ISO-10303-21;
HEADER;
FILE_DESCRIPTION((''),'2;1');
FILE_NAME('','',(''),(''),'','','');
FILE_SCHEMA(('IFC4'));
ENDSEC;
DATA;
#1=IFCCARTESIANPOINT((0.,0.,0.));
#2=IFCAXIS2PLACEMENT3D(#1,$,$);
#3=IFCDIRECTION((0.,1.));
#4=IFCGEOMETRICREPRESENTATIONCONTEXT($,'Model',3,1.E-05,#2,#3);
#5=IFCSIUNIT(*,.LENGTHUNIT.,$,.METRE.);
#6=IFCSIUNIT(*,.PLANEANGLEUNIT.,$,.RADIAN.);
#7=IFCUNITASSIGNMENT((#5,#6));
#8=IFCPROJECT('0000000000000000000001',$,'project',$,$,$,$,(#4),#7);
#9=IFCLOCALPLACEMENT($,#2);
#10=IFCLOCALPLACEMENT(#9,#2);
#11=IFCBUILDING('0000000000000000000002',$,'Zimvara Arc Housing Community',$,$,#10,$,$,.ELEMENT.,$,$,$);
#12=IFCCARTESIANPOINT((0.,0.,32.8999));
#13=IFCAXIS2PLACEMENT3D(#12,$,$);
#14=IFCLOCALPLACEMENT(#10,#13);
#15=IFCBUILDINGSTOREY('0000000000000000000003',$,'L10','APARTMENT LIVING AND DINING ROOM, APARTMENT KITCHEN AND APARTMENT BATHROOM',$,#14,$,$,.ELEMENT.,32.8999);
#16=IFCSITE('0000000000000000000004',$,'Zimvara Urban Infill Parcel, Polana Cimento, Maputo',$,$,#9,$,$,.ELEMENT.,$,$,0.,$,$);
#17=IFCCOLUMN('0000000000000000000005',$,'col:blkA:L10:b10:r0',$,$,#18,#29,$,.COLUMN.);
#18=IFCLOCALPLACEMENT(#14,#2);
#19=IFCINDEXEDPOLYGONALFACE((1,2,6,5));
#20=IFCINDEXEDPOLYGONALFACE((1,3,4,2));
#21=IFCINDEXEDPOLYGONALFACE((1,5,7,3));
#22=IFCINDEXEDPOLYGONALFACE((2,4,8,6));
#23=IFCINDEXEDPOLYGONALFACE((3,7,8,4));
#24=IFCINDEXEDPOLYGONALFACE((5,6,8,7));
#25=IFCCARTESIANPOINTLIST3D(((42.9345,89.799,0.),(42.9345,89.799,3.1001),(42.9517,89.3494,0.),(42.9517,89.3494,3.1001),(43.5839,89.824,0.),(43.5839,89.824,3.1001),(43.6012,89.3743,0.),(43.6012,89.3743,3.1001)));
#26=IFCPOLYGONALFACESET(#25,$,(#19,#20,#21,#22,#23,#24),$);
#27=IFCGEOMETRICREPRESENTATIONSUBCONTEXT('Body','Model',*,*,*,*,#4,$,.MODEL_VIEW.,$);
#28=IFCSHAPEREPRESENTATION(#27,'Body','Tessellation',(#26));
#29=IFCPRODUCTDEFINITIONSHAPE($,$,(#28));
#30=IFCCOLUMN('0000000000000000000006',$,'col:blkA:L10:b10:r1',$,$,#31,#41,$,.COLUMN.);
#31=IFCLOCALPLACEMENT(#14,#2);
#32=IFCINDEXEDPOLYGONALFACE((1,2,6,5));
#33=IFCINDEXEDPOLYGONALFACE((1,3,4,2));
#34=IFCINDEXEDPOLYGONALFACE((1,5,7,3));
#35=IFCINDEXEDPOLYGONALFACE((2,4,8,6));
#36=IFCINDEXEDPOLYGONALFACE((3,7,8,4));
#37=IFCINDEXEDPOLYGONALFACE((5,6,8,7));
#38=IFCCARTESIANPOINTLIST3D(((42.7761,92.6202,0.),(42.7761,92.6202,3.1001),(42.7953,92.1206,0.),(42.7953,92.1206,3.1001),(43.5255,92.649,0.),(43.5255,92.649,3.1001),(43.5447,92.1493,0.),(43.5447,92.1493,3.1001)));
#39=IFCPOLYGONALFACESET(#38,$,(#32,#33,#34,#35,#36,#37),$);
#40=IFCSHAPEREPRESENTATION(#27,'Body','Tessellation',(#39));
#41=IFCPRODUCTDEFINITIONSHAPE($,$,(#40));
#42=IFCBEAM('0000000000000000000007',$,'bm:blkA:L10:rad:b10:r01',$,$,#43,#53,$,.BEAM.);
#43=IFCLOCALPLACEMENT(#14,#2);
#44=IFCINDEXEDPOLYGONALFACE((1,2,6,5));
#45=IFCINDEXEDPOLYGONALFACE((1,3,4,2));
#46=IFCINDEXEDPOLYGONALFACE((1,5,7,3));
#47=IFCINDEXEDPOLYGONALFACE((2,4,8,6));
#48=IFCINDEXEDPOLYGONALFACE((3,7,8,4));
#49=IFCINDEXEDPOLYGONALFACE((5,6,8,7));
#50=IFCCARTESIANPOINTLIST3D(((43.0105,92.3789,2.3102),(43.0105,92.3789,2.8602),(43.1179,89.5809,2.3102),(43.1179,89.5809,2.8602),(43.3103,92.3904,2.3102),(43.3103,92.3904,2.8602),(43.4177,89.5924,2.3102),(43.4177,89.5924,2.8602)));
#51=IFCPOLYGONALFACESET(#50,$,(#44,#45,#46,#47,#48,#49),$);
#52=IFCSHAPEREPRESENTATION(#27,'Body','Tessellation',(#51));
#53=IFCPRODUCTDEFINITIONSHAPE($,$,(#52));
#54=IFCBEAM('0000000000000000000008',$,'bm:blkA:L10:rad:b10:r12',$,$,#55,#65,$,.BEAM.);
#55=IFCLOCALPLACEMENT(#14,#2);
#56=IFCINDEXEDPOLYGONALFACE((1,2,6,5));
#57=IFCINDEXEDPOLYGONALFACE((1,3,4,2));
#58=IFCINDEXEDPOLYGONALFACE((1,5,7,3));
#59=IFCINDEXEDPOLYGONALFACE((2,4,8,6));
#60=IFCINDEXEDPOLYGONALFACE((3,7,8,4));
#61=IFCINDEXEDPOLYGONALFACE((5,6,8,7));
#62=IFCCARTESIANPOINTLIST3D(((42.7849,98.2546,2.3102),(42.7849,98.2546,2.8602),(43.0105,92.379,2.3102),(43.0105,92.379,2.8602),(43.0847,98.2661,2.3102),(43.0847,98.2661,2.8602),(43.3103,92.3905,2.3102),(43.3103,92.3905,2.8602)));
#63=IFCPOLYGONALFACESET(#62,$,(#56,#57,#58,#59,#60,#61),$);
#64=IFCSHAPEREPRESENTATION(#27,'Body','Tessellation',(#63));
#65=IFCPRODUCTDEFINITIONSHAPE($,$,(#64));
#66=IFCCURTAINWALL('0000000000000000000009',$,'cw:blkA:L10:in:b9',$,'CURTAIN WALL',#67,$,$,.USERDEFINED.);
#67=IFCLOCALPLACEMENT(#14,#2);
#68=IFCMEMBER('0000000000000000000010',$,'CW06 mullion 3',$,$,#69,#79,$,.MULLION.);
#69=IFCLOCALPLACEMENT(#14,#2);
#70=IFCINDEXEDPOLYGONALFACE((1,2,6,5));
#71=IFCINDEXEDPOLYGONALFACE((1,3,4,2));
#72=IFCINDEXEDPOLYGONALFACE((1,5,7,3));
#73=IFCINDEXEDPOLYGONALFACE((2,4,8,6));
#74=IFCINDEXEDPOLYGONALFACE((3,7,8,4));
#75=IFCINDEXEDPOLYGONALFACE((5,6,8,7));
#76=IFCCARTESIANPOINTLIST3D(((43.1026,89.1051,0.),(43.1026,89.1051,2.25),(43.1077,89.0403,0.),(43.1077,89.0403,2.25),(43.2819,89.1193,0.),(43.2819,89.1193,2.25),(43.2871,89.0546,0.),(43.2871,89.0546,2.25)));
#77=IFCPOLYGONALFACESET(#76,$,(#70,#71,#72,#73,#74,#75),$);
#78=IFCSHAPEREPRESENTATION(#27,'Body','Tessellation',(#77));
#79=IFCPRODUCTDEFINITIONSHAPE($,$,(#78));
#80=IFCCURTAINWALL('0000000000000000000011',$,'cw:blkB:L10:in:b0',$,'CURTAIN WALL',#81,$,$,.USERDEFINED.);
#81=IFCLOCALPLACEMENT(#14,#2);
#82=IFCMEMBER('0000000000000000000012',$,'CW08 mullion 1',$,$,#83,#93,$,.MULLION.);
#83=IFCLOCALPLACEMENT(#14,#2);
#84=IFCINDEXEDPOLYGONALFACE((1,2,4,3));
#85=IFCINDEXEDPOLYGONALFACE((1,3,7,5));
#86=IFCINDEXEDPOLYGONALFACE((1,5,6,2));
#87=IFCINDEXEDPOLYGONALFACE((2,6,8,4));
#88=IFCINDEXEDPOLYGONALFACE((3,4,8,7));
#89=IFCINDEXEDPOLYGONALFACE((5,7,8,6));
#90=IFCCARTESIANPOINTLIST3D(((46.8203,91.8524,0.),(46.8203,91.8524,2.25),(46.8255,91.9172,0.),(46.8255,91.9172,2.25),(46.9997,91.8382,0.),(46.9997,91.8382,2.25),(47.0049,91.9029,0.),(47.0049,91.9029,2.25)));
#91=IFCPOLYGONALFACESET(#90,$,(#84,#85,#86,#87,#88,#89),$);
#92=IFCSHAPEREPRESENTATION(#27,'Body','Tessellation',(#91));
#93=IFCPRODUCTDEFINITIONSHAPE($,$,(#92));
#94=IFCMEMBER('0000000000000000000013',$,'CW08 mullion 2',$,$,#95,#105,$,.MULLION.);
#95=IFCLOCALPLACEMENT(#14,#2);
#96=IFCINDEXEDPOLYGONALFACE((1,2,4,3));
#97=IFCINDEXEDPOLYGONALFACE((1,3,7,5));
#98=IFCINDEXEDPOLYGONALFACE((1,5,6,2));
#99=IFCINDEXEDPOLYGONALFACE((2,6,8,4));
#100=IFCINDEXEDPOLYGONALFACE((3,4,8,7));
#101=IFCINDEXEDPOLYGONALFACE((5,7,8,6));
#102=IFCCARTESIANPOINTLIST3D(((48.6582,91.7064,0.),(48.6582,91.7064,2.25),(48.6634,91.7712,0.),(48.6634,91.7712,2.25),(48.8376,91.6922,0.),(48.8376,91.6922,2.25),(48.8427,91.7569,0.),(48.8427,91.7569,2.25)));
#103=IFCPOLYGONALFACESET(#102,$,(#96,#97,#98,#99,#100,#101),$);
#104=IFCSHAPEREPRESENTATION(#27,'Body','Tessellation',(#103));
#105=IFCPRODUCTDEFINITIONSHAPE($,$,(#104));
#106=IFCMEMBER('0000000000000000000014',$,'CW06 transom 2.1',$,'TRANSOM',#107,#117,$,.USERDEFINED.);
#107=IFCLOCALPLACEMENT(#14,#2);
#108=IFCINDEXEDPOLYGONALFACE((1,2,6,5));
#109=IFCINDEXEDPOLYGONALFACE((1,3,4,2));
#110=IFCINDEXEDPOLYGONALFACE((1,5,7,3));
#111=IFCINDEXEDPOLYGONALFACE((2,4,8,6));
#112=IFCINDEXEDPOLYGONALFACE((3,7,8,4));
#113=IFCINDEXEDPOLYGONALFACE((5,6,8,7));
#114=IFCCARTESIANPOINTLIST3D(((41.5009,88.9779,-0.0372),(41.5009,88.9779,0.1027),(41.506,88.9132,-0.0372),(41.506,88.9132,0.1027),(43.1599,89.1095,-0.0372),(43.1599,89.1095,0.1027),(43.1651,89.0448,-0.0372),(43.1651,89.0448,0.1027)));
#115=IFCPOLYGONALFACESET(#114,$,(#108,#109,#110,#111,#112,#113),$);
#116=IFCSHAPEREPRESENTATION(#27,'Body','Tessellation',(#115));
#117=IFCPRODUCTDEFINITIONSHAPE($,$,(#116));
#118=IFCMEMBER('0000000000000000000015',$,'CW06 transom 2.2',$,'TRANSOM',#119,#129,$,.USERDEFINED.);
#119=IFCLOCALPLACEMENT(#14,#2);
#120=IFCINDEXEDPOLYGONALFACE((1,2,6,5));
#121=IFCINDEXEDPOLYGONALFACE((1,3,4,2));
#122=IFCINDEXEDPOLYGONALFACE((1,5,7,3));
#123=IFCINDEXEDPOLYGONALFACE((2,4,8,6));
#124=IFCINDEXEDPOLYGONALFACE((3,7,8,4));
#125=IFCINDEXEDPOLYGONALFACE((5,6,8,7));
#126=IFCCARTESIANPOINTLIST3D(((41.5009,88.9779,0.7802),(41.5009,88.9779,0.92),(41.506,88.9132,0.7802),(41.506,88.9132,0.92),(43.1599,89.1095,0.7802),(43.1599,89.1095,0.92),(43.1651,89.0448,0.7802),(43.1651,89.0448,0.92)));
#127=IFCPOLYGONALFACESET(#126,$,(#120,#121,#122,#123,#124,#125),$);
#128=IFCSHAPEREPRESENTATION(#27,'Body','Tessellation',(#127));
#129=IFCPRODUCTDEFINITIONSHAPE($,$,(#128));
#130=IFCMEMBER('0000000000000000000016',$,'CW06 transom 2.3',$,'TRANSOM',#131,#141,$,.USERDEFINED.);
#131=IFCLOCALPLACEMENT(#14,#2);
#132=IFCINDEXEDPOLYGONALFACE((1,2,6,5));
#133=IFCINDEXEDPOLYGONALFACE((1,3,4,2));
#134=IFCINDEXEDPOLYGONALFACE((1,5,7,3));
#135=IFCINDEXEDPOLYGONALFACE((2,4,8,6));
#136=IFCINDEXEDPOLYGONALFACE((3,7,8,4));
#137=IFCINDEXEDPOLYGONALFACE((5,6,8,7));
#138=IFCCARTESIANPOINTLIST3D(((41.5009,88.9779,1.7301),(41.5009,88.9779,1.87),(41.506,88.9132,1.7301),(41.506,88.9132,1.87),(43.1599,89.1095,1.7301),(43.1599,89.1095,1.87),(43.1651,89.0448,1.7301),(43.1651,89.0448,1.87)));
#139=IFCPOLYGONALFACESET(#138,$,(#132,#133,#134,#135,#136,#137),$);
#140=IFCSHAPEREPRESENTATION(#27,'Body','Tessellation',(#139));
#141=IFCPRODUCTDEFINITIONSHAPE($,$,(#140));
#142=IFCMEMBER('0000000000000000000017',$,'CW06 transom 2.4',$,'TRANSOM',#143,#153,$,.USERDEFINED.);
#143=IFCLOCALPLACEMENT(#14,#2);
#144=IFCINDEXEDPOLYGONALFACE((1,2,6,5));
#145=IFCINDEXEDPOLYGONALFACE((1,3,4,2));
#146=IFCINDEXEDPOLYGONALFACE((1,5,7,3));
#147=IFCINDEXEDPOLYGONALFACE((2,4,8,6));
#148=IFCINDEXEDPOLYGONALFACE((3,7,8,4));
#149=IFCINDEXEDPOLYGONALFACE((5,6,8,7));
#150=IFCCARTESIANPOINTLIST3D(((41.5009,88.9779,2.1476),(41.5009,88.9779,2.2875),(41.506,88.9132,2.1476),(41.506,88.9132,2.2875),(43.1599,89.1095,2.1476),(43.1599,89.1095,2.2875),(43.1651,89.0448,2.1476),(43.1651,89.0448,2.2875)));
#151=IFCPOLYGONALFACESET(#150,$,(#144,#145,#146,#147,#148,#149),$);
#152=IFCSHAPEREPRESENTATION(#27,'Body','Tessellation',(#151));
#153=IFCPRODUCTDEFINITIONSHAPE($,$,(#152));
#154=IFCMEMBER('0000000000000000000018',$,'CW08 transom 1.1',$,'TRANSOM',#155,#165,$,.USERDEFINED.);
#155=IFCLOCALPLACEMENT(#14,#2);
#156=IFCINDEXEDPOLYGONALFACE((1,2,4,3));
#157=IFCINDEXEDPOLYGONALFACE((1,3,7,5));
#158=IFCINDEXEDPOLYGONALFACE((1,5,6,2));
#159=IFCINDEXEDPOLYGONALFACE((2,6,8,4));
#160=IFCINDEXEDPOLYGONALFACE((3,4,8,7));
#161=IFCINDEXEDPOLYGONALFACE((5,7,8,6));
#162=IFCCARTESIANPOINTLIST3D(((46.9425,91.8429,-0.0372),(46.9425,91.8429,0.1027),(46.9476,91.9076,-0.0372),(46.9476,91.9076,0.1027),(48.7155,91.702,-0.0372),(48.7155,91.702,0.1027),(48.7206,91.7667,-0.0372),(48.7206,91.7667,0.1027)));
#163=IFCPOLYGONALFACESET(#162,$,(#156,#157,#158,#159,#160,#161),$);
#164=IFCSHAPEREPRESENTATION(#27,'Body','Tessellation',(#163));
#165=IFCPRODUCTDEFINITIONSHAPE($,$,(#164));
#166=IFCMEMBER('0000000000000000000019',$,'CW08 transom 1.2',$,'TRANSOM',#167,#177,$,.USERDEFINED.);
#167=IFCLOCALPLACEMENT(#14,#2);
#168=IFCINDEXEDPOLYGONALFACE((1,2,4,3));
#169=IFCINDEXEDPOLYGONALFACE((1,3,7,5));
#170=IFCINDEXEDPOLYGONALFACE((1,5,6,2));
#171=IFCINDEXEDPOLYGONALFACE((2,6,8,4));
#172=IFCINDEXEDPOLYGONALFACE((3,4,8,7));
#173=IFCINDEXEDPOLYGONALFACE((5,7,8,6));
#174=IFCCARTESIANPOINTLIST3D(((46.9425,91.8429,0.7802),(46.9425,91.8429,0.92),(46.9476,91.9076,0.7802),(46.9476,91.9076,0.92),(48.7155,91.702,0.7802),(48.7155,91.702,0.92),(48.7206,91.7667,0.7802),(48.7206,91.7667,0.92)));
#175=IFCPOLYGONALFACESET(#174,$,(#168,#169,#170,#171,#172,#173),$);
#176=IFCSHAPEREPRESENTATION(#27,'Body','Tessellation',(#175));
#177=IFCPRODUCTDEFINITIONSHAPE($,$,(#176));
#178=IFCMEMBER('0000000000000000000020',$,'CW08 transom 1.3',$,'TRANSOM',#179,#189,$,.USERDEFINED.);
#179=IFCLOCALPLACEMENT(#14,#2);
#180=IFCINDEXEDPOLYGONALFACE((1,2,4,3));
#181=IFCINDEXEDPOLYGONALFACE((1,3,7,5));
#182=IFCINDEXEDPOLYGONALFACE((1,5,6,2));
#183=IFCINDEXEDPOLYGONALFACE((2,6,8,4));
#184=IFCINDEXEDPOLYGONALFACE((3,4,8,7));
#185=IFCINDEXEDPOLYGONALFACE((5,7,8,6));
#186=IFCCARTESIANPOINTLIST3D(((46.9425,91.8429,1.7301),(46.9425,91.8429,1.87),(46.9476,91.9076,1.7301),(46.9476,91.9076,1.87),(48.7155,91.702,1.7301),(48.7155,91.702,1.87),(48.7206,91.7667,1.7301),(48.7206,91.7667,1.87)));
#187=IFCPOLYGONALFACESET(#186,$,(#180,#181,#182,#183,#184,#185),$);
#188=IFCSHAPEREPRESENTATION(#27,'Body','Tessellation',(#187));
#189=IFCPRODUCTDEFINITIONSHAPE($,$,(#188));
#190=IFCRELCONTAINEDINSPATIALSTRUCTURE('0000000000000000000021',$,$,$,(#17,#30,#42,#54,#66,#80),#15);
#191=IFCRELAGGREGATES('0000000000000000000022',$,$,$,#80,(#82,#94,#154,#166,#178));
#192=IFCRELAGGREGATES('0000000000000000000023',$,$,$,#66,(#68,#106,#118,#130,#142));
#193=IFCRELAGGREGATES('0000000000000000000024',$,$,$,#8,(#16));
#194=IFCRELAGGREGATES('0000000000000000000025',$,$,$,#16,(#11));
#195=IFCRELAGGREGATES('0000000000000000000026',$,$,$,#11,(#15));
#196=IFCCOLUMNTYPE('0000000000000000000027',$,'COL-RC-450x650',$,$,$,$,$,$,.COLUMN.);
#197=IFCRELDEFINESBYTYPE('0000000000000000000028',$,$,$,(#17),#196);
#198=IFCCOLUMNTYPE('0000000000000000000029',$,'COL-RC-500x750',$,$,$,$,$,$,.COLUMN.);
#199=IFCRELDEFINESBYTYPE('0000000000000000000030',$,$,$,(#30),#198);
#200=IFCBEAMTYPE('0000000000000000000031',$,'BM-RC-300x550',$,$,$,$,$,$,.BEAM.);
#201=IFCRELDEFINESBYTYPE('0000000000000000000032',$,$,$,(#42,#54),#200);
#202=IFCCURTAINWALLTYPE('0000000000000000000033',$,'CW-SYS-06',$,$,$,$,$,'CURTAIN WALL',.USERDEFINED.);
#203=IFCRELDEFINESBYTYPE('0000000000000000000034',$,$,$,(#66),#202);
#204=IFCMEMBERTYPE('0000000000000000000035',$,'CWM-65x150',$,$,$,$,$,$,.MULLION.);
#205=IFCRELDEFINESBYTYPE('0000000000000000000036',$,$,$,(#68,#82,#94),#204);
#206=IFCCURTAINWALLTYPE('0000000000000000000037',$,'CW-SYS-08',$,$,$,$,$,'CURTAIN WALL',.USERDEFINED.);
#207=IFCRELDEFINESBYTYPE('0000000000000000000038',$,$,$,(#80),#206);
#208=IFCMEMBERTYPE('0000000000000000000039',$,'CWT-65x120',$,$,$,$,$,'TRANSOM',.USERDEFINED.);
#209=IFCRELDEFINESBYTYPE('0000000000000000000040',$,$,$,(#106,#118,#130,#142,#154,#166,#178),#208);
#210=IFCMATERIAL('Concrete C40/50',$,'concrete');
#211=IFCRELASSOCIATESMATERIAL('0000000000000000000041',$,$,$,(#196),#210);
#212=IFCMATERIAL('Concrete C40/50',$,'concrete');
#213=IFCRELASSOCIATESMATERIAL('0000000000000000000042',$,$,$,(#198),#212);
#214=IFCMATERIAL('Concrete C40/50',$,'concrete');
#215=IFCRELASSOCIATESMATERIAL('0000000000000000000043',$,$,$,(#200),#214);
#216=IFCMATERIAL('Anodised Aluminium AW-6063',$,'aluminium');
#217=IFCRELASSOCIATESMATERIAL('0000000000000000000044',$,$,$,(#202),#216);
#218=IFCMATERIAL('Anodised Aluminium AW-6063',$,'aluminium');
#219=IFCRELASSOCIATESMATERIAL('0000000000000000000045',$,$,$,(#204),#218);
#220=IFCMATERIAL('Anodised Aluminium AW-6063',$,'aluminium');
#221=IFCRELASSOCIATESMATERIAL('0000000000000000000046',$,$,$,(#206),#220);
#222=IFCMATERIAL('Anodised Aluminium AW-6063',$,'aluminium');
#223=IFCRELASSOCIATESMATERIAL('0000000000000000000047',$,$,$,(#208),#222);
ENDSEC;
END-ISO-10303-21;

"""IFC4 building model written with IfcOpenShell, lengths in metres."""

from ifc_helpers import new_model, si_unit, direction, frame, origin, origin_2d, place, context, subcontext, project, spatial, rectangle, extrude, material, material_profile, profile_set, type_object, element, aggregate, save


model = new_model("IFC4")

# Units and contexts
model_context = context("Model", 3, precision=1e-05, world=origin(), true_north=direction((0.0, 1.0)))
body_context = subcontext(model_context, "Body", "Model", "MODEL_VIEW")
ifc_project = project(units=[si_unit("LENGTHUNIT", "METRE"), si_unit("PLANEANGLEUNIT", "RADIAN")], contexts=[model_context])

# Site, building, storey
site_placement = place(None, origin())
site = spatial("IfcSite", under=ifc_project, at=site_placement, Name="Zimvara Urban Infill Parcel, Polana Cimento, Maputo", CompositionType="ELEMENT", RefElevation=0.0)
building_placement = place(site_placement, origin())
building = spatial("IfcBuilding", under=site, at=building_placement, Name="Zimvara Arc Housing Community", CompositionType="ELEMENT")
storey_placement = place(building_placement, frame((0.0, 0.0, 32.8999)))
storey = spatial("IfcBuildingStorey", under=building, at=storey_placement, Name="L10", Description="APARTMENT LIVING AND DINING ROOM, APARTMENT KITCHEN AND APARTMENT BATHROOM", CompositionType="ELEMENT", Elevation=32.8999)

# Columns
ifc_material_1 = material(Name="Concrete C40/50", Category="concrete")
ifc_material_profile_1 = material_profile(ifc_material_1, rectangle(XDim=0.45, YDim=0.6499, at=origin_2d()), Name="RC 450x650")
ifc_profile_set_1 = profile_set([ifc_material_profile_1], Name="Concrete C40/50")
column_type_1 = type_object("IfcColumnType", Name="COL-RC-450x650", PredefinedType="COLUMN", material=ifc_profile_set_1)
column_1_placement = place(storey_placement, frame((43.2678, 89.5867, 0.0), z_axis=(0.0, 0.0, 1.0), x_axis=(-0.038388, 0.999263, 0.0)))
element("IfcColumn", 1, at=column_1_placement, inside=storey, type_object=column_type_1, Name="col:blkA:L10:b10:r0", PredefinedType="COLUMN", context=body_context, shape_type="SweptSolid", body=[
    extrude(rectangle(XDim=0.45, YDim=0.6499, at=origin_2d()), origin(), (0.0, 0.0, 1.0), 3.1001),
])
ifc_material_2 = material(Name="Concrete C40/50", Category="concrete")
ifc_material_profile_2 = material_profile(ifc_material_2, rectangle(XDim=0.5, YDim=0.75, at=origin_2d()), Name="RC 500x750")
ifc_profile_set_2 = profile_set([ifc_material_profile_2], Name="Concrete C40/50")
column_type_2 = type_object("IfcColumnType", Name="COL-RC-500x750", PredefinedType="COLUMN", material=ifc_profile_set_2)
column_2_placement = place(storey_placement, frame((43.1604, 92.3848, 0.0), z_axis=(0.0, 0.0, 1.0), x_axis=(-0.038388, 0.999263, 0.0)))
element("IfcColumn", 2, at=column_2_placement, inside=storey, type_object=column_type_2, Name="col:blkA:L10:b10:r1", PredefinedType="COLUMN", context=body_context, shape_type="SweptSolid", body=[
    extrude(rectangle(XDim=0.5, YDim=0.75, at=origin_2d()), origin(), (0.0, 0.0, 1.0), 3.1001),
])

# Beams
ifc_material_3 = material(Name="Concrete C40/50", Category="concrete")
ifc_material_profile_3 = material_profile(ifc_material_3, rectangle(XDim=0.3, YDim=0.55, at=origin_2d()), Name="RC 300x550")
ifc_profile_set_3 = profile_set([ifc_material_profile_3], Name="Concrete C40/50")
beam_type = type_object("IfcBeamType", Name="BM-RC-300x550", PredefinedType="BEAM", material=ifc_profile_set_3)
beam_1_placement = place(storey_placement, frame((43.2678, 89.5867, 2.5852), z_axis=(-0.038363, 0.999264, 0.0), x_axis=(-0.999264, -0.038363, 0.0)))
element("IfcBeam", 3, at=beam_1_placement, inside=storey, type_object=beam_type, Name="bm:blkA:L10:rad:b10:r01", PredefinedType="BEAM", context=body_context, shape_type="SweptSolid", body=[
    extrude(rectangle(XDim=0.3, YDim=0.55, at=origin_2d()), origin(), (0.0, 0.0, 1.0), 2.8),
])
beam_2_placement = place(storey_placement, frame((43.1604, 92.3848, 2.5852), z_axis=(-0.038366, 0.999264, 0.0), x_axis=(-0.999264, -0.038366, 0.0)))
element("IfcBeam", 4, at=beam_2_placement, inside=storey, type_object=beam_type, Name="bm:blkA:L10:rad:b10:r12", PredefinedType="BEAM", context=body_context, shape_type="SweptSolid", body=[
    extrude(rectangle(XDim=0.3, YDim=0.55, at=origin_2d()), origin(), (0.0, 0.0, 1.0), 5.8799),
])

# Curtain wall, member
ifc_material_4 = material(Name="Anodised Aluminium AW-6063", Category="aluminium")
curtain_wall_type_1 = type_object("IfcCurtainWallType", Name="CW-SYS-06", ElementType="CURTAIN WALL", PredefinedType="USERDEFINED", material=ifc_material_4)
curtain_wall_1_placement = place(storey_placement, origin())
curtain_wall_1 = element("IfcCurtainWall", 5, at=curtain_wall_1_placement, inside=storey, type_object=curtain_wall_type_1, Name="cw:blkA:L10:in:b9", ObjectType="CURTAIN WALL", PredefinedType="USERDEFINED")
ifc_material_5 = material(Name="Anodised Aluminium AW-6063", Category="aluminium")
ifc_material_profile_4 = material_profile(ifc_material_5, rectangle(XDim=0.0649, YDim=0.1799, at=origin_2d()), Name="ALU 65x180")
ifc_profile_set_4 = profile_set([ifc_material_profile_4], Name="Anodised Aluminium AW-6063")
member_type_1 = type_object("IfcMemberType", Name="CWM-65x150", PredefinedType="MULLION", material=ifc_profile_set_4)
member_1_placement = place(storey_placement, frame((43.1948, 89.0798, 0.0), z_axis=(0.0, 0.0, 1.0), x_axis=(-0.079155, 0.996862, 0.0)))
member_1 = element("IfcMember", 6, at=member_1_placement, type_object=member_type_1, Name="CW06 mullion 3", PredefinedType="MULLION", context=body_context, shape_type="SweptSolid", body=[
    extrude(rectangle(XDim=0.0649, YDim=0.1799, at=origin_2d()), origin(), (0.0, 0.0, 1.0), 2.25),
])

# Curtain wall, members
ifc_material_6 = material(Name="Anodised Aluminium AW-6063", Category="aluminium")
curtain_wall_type_2 = type_object("IfcCurtainWallType", Name="CW-SYS-08", ElementType="CURTAIN WALL", PredefinedType="USERDEFINED", material=ifc_material_6)
curtain_wall_2_placement = place(storey_placement, origin())
curtain_wall_2 = element("IfcCurtainWall", 7, at=curtain_wall_2_placement, inside=storey, type_object=curtain_wall_type_2, Name="cw:blkB:L10:in:b0", ObjectType="CURTAIN WALL", PredefinedType="USERDEFINED")
member_2_placement = place(storey_placement, frame((46.9126, 91.8777, 0.0), z_axis=(0.0, 0.0, 1.0), x_axis=(0.079155, 0.996862, 0.0)))
member_2 = element("IfcMember", 8, at=member_2_placement, type_object=member_type_1, Name="CW08 mullion 1", PredefinedType="MULLION", context=body_context, shape_type="SweptSolid", body=[
    extrude(rectangle(XDim=0.0649, YDim=0.1799, at=origin_2d()), origin(), (0.0, 0.0, 1.0), 2.25),
])
member_3_placement = place(storey_placement, frame((48.7505, 91.7317, 0.0), z_axis=(0.0, 0.0, 1.0), x_axis=(0.079155, 0.996862, 0.0)))
member_3 = element("IfcMember", 9, at=member_3_placement, type_object=member_type_1, Name="CW08 mullion 2", PredefinedType="MULLION", context=body_context, shape_type="SweptSolid", body=[
    extrude(rectangle(XDim=0.0649, YDim=0.1799, at=origin_2d()), origin(), (0.0, 0.0, 1.0), 2.25),
])

# Members
ifc_material_7 = material(Name="Anodised Aluminium AW-6063", Category="aluminium")
ifc_material_profile_5 = material_profile(ifc_material_7, rectangle(XDim=0.0649, YDim=0.1399, at=origin_2d()), Name="ALU 65x140")
ifc_profile_set_5 = profile_set([ifc_material_profile_5], Name="Anodised Aluminium AW-6063")
member_type_2 = type_object("IfcMemberType", Name="CWT-65x120", ElementType="TRANSOM", PredefinedType="USERDEFINED", material=ifc_profile_set_5)
member_4_placement = place(storey_placement, frame((41.5034, 88.9456, 0.0327), z_axis=(0.99687, 0.079063, 0.0), x_axis=(-0.079063, 0.99687, 0.0)))
member_4 = element("IfcMember", 10, at=member_4_placement, type_object=member_type_2, Name="CW06 transom 2.1", ObjectType="TRANSOM", PredefinedType="USERDEFINED", context=body_context, shape_type="SweptSolid", body=[
    extrude(rectangle(XDim=0.0649, YDim=0.1399, at=origin_2d()), origin(), (0.0, 0.0, 1.0), 1.6643),
])
member_5_placement = place(storey_placement, frame((41.5034, 88.9456, 0.8501), z_axis=(0.99687, 0.079063, 0.0), x_axis=(-0.079063, 0.99687, 0.0)))
member_5 = element("IfcMember", 11, at=member_5_placement, type_object=member_type_2, Name="CW06 transom 2.2", ObjectType="TRANSOM", PredefinedType="USERDEFINED", context=body_context, shape_type="SweptSolid", body=[
    extrude(rectangle(XDim=0.0649, YDim=0.1399, at=origin_2d()), origin(), (0.0, 0.0, 1.0), 1.6643),
])
member_6_placement = place(storey_placement, frame((41.5034, 88.9456, 1.8), z_axis=(0.99687, 0.079063, 0.0), x_axis=(-0.079063, 0.99687, 0.0)))
member_6 = element("IfcMember", 12, at=member_6_placement, type_object=member_type_2, Name="CW06 transom 2.3", ObjectType="TRANSOM", PredefinedType="USERDEFINED", context=body_context, shape_type="SweptSolid", body=[
    extrude(rectangle(XDim=0.0649, YDim=0.1399, at=origin_2d()), origin(), (0.0, 0.0, 1.0), 1.6643),
])
member_7_placement = place(storey_placement, frame((41.5034, 88.9456, 2.2175), z_axis=(0.99687, 0.079063, 0.0), x_axis=(-0.079063, 0.99687, 0.0)))
member_7 = element("IfcMember", 13, at=member_7_placement, type_object=member_type_2, Name="CW06 transom 2.4", ObjectType="TRANSOM", PredefinedType="USERDEFINED", context=body_context, shape_type="SweptSolid", body=[
    extrude(rectangle(XDim=0.0649, YDim=0.1399, at=origin_2d()), origin(), (0.0, 0.0, 1.0), 1.6643),
])
member_8_placement = place(storey_placement, frame((46.9451, 91.8752, 0.0327), z_axis=(0.996858, -0.079205, 0.0), x_axis=(0.079205, 0.996858, 0.0)))
member_8 = element("IfcMember", 14, at=member_8_placement, type_object=member_type_2, Name="CW08 transom 1.1", ObjectType="TRANSOM", PredefinedType="USERDEFINED", context=body_context, shape_type="SweptSolid", body=[
    extrude(rectangle(XDim=0.0649, YDim=0.1399, at=origin_2d()), origin(), (0.0, 0.0, 1.0), 1.7786),
])
member_9_placement = place(storey_placement, frame((46.9451, 91.8752, 0.8501), z_axis=(0.996858, -0.079205, 0.0), x_axis=(0.079205, 0.996858, 0.0)))
member_9 = element("IfcMember", 15, at=member_9_placement, type_object=member_type_2, Name="CW08 transom 1.2", ObjectType="TRANSOM", PredefinedType="USERDEFINED", context=body_context, shape_type="SweptSolid", body=[
    extrude(rectangle(XDim=0.0649, YDim=0.1399, at=origin_2d()), origin(), (0.0, 0.0, 1.0), 1.7786),
])
member_10_placement = place(storey_placement, frame((46.9451, 91.8752, 1.8), z_axis=(0.996858, -0.079205, 0.0), x_axis=(0.079205, 0.996858, 0.0)))
member_10 = element("IfcMember", 16, at=member_10_placement, type_object=member_type_2, Name="CW08 transom 1.3", ObjectType="TRANSOM", PredefinedType="USERDEFINED", context=body_context, shape_type="SweptSolid", body=[
    extrude(rectangle(XDim=0.0649, YDim=0.1399, at=origin_2d()), origin(), (0.0, 0.0, 1.0), 1.7786),
])

aggregate(curtain_wall_2, [member_2, member_3, member_8, member_9, member_10])
aggregate(curtain_wall_1, [member_1, member_4, member_5, member_6, member_7])

save(model, "model.ifc")
